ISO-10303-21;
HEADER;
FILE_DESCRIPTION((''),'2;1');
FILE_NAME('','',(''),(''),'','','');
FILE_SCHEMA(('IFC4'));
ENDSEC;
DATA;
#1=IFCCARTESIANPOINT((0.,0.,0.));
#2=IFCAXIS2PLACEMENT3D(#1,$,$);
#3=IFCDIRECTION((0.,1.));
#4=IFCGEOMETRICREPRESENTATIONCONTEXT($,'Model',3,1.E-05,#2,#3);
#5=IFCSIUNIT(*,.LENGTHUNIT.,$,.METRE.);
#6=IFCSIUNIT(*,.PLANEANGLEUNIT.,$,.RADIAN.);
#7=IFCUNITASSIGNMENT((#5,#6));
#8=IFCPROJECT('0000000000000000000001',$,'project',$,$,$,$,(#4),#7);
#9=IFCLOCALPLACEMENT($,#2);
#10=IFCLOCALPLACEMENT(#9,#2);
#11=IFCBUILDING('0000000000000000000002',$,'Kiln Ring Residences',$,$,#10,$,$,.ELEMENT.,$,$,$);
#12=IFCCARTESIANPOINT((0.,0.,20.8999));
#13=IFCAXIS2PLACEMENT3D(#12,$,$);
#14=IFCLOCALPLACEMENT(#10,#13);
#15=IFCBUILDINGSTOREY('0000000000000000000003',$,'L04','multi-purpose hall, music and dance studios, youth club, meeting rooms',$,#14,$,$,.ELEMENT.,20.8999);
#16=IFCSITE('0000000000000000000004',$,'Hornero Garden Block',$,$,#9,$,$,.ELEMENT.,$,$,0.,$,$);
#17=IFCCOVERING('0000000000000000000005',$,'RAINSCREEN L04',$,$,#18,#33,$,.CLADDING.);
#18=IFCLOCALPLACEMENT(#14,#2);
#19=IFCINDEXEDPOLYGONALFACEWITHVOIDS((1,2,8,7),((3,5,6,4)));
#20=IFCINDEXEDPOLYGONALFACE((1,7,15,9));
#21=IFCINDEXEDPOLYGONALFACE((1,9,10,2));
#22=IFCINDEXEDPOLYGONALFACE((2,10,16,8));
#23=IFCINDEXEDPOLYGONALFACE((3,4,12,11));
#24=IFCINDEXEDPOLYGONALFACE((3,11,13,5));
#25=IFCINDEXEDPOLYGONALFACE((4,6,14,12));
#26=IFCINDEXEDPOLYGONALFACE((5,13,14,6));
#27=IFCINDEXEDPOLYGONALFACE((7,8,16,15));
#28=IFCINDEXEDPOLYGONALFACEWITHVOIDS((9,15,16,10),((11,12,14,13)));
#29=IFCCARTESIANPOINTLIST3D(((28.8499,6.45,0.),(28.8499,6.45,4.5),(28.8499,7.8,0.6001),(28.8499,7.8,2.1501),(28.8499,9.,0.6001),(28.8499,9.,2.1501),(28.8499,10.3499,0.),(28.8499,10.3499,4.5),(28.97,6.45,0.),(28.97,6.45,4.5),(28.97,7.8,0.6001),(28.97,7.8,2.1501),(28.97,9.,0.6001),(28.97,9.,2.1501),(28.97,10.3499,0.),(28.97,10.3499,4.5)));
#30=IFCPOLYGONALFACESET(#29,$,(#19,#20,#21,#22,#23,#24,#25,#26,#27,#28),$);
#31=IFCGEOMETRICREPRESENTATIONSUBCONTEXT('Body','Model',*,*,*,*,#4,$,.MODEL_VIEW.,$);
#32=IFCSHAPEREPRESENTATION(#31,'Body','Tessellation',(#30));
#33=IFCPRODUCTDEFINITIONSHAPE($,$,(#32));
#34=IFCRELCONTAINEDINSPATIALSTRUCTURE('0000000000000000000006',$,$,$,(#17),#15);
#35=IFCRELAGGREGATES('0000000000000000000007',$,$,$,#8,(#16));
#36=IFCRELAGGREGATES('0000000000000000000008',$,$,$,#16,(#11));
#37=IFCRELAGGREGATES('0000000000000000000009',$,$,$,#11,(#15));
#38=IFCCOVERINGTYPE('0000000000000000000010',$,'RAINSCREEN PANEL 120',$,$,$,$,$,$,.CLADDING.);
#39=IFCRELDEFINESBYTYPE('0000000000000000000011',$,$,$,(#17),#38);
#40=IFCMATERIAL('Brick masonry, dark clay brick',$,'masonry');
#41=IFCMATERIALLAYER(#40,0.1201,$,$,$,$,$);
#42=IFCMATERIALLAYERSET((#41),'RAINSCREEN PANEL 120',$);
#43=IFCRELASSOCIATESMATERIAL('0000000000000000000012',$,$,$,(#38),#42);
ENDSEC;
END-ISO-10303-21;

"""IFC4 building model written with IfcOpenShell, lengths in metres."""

from ifc_helpers import new_model, si_unit, direction, frame, origin, place, context, subcontext, project, spatial, polyline, outline, extrude, material, layer, layer_set, type_object, element, save


model = new_model("IFC4")

# Units and contexts
model_context = context("Model", 3, precision=1e-05, world=origin(), true_north=direction((0.0, 1.0)))
body_context = subcontext(model_context, "Body", "Model", "MODEL_VIEW")
ifc_project = project(units=[si_unit("LENGTHUNIT", "METRE"), si_unit("PLANEANGLEUNIT", "RADIAN")], contexts=[model_context])

# Site, building, storey
site_placement = place(None, origin())
site = spatial("IfcSite", under=ifc_project, at=site_placement, Name="Hornero Garden Block", CompositionType="ELEMENT", RefElevation=0.0)
building_placement = place(site_placement, origin())
building = spatial("IfcBuilding", under=site, at=building_placement, Name="Kiln Ring Residences", CompositionType="ELEMENT")
storey_placement = place(building_placement, frame((0.0, 0.0, 20.8999)))
storey = spatial("IfcBuildingStorey", under=building, at=storey_placement, Name="L04", Description="multi-purpose hall, music and dance studios, youth club, meeting rooms", CompositionType="ELEMENT", Elevation=20.8999)

# Covering
ifc_material_1 = material(Name="Brick masonry, dark clay brick", Category="masonry")
ifc_layer_1 = layer(ifc_material_1, 0.1201)
ifc_layer_set_1 = layer_set([ifc_layer_1], Name="RAINSCREEN PANEL 120")
covering_type = type_object("IfcCoveringType", Name="RAINSCREEN PANEL 120", PredefinedType="CLADDING", material=ifc_layer_set_1)
covering_1_placement = place(storey_placement, frame((28.9099, 6.45, 0.0), z_axis=(0.0, 0.0, 1.0), x_axis=(0.0, 1.0, 0.0)))
element("IfcCovering", 1, at=covering_1_placement, inside=storey, type_object=covering_type, Name="RAINSCREEN L04", PredefinedType="CLADDING", context=body_context, shape_type="SweptSolid", body=[
    extrude(outline(polyline([(0.0, 0.0), (3.8999, 0.0), (3.8999, 4.5), (0.0, 4.5), (0.0, 0.0)]), holes=[polyline([(1.3501, 2.1501), (1.3501, 0.6001), (2.55, 0.6001), (2.55, 2.1501), (1.3501, 2.1501)])]), frame((0.0, 0.0601, 0.0), z_axis=(0.0, -1.0, 0.0), x_axis=(1.0, 0.0, 0.0)), (0.0, 0.0, 1.0), 0.1201),
])

save(model, "model.ifc")
